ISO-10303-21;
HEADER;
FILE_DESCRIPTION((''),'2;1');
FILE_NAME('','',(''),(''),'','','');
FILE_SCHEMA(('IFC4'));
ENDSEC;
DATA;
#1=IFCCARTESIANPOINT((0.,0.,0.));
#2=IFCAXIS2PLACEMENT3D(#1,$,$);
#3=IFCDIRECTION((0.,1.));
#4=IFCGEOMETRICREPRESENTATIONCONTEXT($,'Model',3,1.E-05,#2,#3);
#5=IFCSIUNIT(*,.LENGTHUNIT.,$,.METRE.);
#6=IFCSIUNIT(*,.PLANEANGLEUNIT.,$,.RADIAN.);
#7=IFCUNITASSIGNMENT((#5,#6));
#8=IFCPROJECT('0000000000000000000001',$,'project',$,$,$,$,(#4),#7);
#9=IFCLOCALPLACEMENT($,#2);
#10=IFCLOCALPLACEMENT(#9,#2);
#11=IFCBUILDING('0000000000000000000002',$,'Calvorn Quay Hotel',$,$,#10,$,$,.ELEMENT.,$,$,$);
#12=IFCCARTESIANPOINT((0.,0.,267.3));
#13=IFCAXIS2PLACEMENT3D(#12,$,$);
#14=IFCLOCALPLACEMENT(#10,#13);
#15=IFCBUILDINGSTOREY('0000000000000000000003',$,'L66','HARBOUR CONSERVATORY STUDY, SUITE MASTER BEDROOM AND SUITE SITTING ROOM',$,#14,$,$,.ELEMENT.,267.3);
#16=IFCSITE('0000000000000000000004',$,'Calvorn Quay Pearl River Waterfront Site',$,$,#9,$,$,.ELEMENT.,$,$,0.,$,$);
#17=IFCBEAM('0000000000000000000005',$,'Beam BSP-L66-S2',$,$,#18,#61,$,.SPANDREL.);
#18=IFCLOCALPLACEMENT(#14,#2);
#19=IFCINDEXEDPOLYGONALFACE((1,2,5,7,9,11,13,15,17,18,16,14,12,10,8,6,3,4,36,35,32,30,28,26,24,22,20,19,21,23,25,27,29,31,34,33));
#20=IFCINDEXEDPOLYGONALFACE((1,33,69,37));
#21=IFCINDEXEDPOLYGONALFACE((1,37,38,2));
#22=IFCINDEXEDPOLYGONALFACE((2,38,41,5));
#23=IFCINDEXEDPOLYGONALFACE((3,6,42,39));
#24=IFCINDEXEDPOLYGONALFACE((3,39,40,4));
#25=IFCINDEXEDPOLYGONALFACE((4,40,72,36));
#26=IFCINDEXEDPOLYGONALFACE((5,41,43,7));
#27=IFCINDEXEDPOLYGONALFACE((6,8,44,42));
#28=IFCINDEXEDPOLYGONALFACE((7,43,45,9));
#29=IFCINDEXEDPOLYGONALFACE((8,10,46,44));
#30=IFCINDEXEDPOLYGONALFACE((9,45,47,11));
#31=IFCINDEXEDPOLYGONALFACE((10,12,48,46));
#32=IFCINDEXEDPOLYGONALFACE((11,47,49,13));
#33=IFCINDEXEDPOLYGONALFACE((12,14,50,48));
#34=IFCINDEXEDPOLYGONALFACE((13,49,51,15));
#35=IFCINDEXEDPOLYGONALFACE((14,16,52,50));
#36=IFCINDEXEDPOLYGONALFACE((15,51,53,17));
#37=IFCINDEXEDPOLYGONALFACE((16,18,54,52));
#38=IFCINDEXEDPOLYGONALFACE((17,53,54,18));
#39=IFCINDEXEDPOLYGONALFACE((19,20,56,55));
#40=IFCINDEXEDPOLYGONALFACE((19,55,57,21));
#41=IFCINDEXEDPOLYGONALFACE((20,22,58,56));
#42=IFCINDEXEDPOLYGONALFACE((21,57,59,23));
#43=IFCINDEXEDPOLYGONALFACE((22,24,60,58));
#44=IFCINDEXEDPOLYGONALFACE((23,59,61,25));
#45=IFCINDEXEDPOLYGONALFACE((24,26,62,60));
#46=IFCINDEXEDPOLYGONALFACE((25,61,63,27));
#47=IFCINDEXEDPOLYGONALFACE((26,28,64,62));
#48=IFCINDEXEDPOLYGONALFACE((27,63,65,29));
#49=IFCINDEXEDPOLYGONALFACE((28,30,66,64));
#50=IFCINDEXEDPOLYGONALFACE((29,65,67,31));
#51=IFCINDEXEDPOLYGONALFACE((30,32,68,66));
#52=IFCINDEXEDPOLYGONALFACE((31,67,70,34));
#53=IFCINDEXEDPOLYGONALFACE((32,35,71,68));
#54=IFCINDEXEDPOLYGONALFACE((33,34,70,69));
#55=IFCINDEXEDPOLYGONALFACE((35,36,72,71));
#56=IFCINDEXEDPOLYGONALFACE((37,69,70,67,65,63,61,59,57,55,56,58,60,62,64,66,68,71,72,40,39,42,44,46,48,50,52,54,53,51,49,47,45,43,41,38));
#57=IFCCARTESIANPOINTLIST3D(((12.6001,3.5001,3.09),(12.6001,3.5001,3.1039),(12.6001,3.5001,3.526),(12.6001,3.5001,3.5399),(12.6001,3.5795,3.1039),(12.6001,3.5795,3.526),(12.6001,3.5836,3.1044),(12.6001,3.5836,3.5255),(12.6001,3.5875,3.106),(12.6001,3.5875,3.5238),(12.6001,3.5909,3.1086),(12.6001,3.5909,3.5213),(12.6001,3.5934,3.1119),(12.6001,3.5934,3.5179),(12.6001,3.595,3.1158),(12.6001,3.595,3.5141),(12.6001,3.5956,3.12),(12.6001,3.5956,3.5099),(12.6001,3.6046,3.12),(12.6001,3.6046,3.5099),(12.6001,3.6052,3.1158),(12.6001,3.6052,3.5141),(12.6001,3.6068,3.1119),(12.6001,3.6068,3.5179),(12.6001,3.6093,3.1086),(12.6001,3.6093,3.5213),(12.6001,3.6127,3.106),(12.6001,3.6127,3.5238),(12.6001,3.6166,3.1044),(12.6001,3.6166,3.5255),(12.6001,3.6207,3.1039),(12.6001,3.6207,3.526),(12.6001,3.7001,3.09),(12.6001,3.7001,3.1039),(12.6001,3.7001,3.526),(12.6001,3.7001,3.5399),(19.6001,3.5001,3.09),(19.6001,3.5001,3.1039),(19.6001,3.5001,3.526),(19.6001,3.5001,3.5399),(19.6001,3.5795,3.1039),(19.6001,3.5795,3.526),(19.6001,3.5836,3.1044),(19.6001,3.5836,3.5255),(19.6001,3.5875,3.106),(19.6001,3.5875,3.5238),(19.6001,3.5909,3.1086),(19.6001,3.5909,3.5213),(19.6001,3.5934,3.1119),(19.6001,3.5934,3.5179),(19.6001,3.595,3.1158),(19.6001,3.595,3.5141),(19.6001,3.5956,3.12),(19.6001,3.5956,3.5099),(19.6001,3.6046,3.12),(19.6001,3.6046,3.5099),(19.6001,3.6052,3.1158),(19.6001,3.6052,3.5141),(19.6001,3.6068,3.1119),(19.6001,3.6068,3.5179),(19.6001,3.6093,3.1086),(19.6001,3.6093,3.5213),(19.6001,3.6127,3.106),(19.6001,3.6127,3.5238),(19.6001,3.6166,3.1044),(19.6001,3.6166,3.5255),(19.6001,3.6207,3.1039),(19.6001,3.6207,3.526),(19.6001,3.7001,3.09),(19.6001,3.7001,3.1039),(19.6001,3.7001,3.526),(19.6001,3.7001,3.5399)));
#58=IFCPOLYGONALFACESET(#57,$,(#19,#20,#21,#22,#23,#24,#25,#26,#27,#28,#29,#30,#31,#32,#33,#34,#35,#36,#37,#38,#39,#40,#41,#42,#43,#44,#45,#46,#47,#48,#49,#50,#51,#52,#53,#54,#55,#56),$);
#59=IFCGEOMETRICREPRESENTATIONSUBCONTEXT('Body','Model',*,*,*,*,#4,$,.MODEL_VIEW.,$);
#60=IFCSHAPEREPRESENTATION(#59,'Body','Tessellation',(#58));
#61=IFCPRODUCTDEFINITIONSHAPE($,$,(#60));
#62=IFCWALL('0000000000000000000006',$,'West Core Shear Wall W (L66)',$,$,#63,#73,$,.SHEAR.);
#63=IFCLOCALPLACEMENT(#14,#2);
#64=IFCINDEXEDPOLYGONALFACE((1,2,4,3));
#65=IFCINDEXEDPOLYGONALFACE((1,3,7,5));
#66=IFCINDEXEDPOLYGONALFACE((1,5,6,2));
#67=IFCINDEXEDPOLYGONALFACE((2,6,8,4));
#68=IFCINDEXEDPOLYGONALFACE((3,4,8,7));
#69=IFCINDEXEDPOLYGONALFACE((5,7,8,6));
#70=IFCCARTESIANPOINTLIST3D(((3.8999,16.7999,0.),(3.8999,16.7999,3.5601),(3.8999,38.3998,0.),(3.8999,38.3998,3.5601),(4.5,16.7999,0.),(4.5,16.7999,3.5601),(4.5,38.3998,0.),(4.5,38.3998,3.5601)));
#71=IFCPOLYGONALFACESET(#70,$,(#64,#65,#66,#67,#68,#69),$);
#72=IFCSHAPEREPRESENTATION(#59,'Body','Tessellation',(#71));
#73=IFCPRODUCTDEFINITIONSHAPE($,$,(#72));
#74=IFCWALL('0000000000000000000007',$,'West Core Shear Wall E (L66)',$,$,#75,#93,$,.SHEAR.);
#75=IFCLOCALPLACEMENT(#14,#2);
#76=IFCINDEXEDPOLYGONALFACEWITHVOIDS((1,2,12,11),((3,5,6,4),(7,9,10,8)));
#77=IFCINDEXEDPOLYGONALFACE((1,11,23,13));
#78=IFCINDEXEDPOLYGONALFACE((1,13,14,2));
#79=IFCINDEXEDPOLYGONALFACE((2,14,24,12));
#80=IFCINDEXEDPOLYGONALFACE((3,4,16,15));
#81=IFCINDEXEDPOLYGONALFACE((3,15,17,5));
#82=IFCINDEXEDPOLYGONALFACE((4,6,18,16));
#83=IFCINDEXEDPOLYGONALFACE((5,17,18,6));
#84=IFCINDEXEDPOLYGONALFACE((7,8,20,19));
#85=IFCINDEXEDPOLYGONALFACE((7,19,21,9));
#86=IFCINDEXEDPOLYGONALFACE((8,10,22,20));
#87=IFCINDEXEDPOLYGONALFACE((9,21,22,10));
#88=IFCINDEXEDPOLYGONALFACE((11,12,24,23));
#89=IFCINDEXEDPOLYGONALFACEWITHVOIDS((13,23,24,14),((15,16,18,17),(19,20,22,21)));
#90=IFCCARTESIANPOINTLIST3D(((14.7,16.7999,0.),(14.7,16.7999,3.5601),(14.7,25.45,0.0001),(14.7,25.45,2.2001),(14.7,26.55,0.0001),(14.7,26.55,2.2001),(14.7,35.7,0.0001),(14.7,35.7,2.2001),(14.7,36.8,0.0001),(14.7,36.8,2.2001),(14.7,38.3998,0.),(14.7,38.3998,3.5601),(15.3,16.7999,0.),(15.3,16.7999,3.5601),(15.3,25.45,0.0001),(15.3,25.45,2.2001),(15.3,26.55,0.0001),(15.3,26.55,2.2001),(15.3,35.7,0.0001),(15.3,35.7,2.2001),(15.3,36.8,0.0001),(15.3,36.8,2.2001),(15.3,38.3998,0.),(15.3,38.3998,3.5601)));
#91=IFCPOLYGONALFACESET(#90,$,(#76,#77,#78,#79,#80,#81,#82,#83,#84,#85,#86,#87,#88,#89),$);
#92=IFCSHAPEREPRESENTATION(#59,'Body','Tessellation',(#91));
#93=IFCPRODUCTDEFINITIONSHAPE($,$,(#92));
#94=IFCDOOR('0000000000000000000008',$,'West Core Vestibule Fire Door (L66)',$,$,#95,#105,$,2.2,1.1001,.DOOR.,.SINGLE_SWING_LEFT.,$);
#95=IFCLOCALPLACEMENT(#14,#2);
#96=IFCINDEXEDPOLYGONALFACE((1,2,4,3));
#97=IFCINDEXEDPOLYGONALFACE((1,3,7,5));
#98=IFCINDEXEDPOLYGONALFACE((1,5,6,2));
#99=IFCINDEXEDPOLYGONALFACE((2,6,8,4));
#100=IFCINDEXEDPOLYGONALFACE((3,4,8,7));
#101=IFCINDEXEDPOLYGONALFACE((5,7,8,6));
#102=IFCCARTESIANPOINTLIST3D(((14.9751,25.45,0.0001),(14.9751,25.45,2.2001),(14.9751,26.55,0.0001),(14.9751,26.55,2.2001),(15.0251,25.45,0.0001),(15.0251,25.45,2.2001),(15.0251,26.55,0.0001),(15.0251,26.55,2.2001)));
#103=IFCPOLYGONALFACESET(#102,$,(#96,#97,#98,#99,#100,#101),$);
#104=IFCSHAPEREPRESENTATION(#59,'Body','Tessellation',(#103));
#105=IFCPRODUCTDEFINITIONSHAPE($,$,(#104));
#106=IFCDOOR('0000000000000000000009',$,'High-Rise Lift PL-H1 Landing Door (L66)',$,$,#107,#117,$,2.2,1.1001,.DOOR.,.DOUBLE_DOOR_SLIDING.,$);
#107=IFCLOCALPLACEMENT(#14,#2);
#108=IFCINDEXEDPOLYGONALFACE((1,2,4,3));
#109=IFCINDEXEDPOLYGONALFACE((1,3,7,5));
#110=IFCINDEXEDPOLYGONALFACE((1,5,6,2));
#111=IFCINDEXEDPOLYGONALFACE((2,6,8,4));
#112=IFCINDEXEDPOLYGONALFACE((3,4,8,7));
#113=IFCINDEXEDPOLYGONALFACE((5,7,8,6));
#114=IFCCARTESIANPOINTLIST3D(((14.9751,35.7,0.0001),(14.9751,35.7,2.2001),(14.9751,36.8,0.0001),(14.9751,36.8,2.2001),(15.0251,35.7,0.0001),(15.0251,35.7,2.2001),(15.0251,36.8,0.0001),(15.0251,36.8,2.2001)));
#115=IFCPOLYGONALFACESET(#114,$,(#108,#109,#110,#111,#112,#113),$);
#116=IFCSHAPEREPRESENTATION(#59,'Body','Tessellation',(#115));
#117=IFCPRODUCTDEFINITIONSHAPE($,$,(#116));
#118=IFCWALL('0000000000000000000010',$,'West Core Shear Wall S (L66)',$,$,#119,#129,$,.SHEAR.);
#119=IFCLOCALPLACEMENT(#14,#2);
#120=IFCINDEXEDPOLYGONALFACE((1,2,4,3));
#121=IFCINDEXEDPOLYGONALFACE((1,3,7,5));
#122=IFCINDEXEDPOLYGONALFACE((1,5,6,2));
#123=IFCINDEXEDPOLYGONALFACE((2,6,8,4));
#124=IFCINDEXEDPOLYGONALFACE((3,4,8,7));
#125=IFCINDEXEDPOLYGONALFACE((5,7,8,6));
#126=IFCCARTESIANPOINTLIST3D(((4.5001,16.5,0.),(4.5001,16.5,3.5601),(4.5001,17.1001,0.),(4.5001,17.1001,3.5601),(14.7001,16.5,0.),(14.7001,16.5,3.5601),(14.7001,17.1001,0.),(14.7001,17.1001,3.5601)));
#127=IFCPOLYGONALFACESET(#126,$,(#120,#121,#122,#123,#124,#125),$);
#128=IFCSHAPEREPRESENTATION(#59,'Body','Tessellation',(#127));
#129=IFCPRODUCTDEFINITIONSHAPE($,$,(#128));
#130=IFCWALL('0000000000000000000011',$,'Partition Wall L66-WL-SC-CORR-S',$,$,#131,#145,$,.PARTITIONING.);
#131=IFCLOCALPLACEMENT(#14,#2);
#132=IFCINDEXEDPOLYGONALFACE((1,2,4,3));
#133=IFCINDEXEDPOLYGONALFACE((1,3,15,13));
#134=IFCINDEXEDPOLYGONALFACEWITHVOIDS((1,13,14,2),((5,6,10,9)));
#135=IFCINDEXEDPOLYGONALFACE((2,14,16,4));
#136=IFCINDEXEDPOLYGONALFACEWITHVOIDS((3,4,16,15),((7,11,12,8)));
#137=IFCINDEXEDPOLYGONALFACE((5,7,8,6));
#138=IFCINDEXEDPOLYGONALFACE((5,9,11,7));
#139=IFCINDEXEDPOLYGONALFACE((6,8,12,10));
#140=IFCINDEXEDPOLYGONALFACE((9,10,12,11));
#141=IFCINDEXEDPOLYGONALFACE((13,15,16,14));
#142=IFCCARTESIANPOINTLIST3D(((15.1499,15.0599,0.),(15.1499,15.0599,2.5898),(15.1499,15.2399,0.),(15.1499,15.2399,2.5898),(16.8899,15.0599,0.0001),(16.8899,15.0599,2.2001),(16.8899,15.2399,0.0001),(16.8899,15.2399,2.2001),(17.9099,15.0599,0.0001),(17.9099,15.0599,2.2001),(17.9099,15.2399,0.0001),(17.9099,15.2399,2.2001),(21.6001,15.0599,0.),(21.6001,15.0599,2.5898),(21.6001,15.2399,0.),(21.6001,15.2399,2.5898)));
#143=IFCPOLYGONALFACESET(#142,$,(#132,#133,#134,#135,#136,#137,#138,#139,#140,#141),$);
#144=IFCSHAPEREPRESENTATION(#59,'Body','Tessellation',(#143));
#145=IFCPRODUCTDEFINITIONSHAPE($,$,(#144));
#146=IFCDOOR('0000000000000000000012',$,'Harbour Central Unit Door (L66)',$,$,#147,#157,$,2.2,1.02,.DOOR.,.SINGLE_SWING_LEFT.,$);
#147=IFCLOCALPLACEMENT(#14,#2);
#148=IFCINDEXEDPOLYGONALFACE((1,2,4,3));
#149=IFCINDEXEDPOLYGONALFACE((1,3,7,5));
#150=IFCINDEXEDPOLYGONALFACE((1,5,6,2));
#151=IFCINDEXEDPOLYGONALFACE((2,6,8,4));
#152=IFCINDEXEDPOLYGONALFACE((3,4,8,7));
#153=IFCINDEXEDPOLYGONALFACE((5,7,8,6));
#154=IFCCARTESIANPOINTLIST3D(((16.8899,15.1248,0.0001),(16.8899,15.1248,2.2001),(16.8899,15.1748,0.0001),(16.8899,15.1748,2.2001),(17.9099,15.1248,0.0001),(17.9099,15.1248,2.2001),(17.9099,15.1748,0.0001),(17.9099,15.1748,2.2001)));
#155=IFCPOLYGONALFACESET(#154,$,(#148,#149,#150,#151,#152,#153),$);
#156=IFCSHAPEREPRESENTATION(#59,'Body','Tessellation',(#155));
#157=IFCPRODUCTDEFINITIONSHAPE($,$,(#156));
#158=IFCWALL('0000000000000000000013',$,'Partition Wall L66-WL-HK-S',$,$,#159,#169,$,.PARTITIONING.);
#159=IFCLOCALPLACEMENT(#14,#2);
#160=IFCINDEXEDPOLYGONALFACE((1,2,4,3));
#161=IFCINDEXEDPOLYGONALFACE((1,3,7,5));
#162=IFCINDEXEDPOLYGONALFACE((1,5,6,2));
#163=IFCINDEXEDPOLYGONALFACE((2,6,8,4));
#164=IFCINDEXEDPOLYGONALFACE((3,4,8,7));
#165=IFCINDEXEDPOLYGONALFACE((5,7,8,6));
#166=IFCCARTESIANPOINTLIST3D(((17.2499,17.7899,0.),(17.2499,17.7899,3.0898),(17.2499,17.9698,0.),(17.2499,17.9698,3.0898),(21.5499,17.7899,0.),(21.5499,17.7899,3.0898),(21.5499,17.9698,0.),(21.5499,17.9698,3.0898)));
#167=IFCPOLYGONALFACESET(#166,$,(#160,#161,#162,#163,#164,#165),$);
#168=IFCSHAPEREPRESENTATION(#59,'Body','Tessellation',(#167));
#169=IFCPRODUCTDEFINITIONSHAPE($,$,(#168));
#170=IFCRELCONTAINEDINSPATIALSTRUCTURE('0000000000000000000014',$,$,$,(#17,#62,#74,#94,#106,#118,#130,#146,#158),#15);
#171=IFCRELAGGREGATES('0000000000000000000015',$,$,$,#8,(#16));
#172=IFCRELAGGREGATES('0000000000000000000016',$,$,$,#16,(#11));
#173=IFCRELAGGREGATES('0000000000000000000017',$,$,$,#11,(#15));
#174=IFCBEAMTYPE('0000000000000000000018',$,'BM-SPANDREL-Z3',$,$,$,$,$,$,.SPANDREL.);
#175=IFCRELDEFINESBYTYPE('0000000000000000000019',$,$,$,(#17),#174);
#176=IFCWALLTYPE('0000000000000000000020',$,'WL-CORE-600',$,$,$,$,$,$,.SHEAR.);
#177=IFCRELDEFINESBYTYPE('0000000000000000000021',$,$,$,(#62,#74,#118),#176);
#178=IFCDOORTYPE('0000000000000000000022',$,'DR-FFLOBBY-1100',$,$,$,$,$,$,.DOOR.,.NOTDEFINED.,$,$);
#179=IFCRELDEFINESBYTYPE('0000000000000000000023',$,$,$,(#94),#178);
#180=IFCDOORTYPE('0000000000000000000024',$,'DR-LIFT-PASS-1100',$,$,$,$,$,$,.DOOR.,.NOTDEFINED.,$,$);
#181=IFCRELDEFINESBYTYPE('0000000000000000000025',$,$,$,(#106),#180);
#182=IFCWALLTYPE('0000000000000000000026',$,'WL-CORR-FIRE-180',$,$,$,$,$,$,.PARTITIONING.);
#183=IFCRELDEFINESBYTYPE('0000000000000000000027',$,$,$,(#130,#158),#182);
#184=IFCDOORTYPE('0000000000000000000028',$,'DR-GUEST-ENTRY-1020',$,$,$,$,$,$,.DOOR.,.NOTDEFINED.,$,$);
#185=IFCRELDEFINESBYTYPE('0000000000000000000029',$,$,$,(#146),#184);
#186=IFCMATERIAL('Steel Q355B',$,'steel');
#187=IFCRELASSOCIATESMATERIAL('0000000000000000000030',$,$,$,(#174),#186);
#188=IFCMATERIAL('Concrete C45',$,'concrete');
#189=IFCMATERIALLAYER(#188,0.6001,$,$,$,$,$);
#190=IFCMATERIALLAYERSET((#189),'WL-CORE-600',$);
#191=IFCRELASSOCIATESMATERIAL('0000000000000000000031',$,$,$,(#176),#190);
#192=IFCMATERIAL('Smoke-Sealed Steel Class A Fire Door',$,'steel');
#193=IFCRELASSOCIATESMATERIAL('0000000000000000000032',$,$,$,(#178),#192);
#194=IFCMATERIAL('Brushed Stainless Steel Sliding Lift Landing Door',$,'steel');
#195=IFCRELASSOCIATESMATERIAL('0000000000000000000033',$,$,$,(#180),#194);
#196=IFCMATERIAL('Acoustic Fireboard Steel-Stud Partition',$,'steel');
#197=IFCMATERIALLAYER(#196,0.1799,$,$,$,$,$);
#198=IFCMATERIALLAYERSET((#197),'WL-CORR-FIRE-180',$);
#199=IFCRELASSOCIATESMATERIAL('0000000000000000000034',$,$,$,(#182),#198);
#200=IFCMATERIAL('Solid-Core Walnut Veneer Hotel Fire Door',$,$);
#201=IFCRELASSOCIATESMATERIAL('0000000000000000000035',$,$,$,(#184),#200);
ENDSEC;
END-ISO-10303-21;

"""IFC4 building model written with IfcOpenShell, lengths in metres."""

from ifc_helpers import new_model, si_unit, direction, frame, frame_2d, origin, origin_2d, place, context, subcontext, project, spatial, rectangle, i_section, extrude, material, layer, layer_set, material_profile, profile_set, type_object, element, fill, save


model = new_model("IFC4")

# Units and contexts
model_context = context("Model", 3, precision=1e-05, world=origin(), true_north=direction((0.0, 1.0)))
body_context = subcontext(model_context, "Body", "Model", "MODEL_VIEW")
ifc_project = project(units=[si_unit("LENGTHUNIT", "METRE"), si_unit("PLANEANGLEUNIT", "RADIAN")], contexts=[model_context])

# Site, building, storey
site_placement = place(None, origin())
site = spatial("IfcSite", under=ifc_project, at=site_placement, Name="Calvorn Quay Pearl River Waterfront Site", CompositionType="ELEMENT", RefElevation=0.0)
building_placement = place(site_placement, origin())
building = spatial("IfcBuilding", under=site, at=building_placement, Name="Calvorn Quay Hotel", CompositionType="ELEMENT")
storey_placement = place(building_placement, frame((0.0, 0.0, 267.3)))
storey = spatial("IfcBuildingStorey", under=building, at=storey_placement, Name="L66", Description="HARBOUR CONSERVATORY STUDY, SUITE MASTER BEDROOM AND SUITE SITTING ROOM", CompositionType="ELEMENT", Elevation=267.3)

# Beam
ifc_material_1 = material(Name="Steel Q355B", Category="steel")
ifc_material_profile_1 = material_profile(ifc_material_1, i_section(OverallWidth=0.2, OverallDepth=0.45, WebThickness=0.009, FlangeThickness=0.0139, FilletRadius=0.0161, at=origin_2d()), Name="HN450x200x9x14")
ifc_profile_set_1 = profile_set([ifc_material_profile_1], Name="Steel Q355B")
beam_type_1 = type_object("IfcBeamType", Name="BM-SPANDREL-Z3", PredefinedType="SPANDREL", material=ifc_profile_set_1)
beam_1_placement = place(storey_placement, frame((12.6001, 3.6001, 3.3149), z_axis=(1.0, 0.0, 0.0), x_axis=(0.0, 1.0, 0.0)))
element("IfcBeam", 1, at=beam_1_placement, inside=storey, type_object=beam_type_1, Name="Beam BSP-L66-S2", PredefinedType="SPANDREL", context=body_context, shape_type="SweptSolid", body=[
    extrude(i_section(OverallWidth=0.2, OverallDepth=0.45, WebThickness=0.009, FlangeThickness=0.0139, FilletRadius=0.0161, at=origin_2d()), origin(), (0.0, 0.0, 1.0), 7.0),
])

# Wall
ifc_material_2 = material(Name="Concrete C45", Category="concrete")
ifc_layer_1 = layer(ifc_material_2, 0.6001)
ifc_layer_set_1 = layer_set([ifc_layer_1], Name="WL-CORE-600")
wall_type_1 = type_object("IfcWallType", Name="WL-CORE-600", PredefinedType="SHEAR", material=ifc_layer_set_1)
wall_1_placement = place(storey_placement, frame((4.2, 16.8, 0.0), z_axis=(0.0, 0.0, 1.0), x_axis=(0.0, 1.0, 0.0)))
element("IfcWall", 2, at=wall_1_placement, inside=storey, type_object=wall_type_1, Name="West Core Shear Wall W (L66)", PredefinedType="SHEAR", context=body_context, shape_type="SweptSolid", body=[
    extrude(rectangle(XDim=21.5999, YDim=0.6001, at=frame_2d((10.7998, 0.0))), origin(), (0.0, 0.0, 1.0), 3.5601),
])

# Wall, openings, doors
wall_2_placement = place(storey_placement, frame((15.0, 16.8, 0.0), z_axis=(0.0, 0.0, 1.0), x_axis=(0.0, 1.0, 0.0)))
wall_2 = element("IfcWall", 3, at=wall_2_placement, inside=storey, type_object=wall_type_1, Name="West Core Shear Wall E (L66)", PredefinedType="SHEAR", context=body_context, shape_type="SweptSolid", body=[
    extrude(rectangle(XDim=21.5999, YDim=0.6001, at=frame_2d((10.7998, 0.0))), origin(), (0.0, 0.0, 1.0), 3.5601),
])
opening_1_placement = place(wall_2_placement, frame((8.6499, 0.0, 0.0)))
opening_1 = element("IfcOpeningElement", 4, at=opening_1_placement, cuts=wall_2, PredefinedType="OPENING", context=body_context, shape_type="SweptSolid", body=[
    extrude(rectangle(XDim=1.1001, YDim=2.2, at=frame_2d((0.55, 1.1001))), frame((0.0, 0.3101, 0.0), z_axis=(0.0, -1.0, 0.0), x_axis=(1.0, 0.0, 0.0)), (0.0, 0.0, 1.0), 0.6201),
])
opening_2_placement = place(wall_2_placement, frame((18.8999, 0.0, 0.0)))
opening_2 = element("IfcOpeningElement", 5, at=opening_2_placement, cuts=wall_2, PredefinedType="OPENING", context=body_context, shape_type="SweptSolid", body=[
    extrude(rectangle(XDim=1.1001, YDim=2.2, at=frame_2d((0.55, 1.1001))), frame((0.0, 0.3101, 0.0), z_axis=(0.0, -1.0, 0.0), x_axis=(1.0, 0.0, 0.0)), (0.0, 0.0, 1.0), 0.6201),
])
ifc_material_3 = material(Name="Smoke-Sealed Steel Class A Fire Door", Category="steel")
door_type_1 = type_object("IfcDoorType", Name="DR-FFLOBBY-1100", OperationType="NOTDEFINED", PredefinedType="DOOR", material=ifc_material_3)
door_1_placement = place(opening_1_placement, origin())
door_1 = element("IfcDoor", 6, at=door_1_placement, inside=storey, type_object=door_type_1, Name="West Core Vestibule Fire Door (L66)", OperationType="SINGLE_SWING_LEFT", OverallHeight=2.2, OverallWidth=1.1001, PredefinedType="DOOR", context=body_context, shape_type="SweptSolid", body=[
    extrude(rectangle(XDim=1.1001, YDim=2.2, at=frame_2d((0.55, 1.1001))), frame((0.0, 0.0249, 0.0), z_axis=(0.0, -1.0, 0.0), x_axis=(1.0, 0.0, 0.0)), (0.0, 0.0, 1.0), 0.05),
])
fill(opening_1, door_1)
ifc_material_4 = material(Name="Brushed Stainless Steel Sliding Lift Landing Door", Category="steel")
door_type_2 = type_object("IfcDoorType", Name="DR-LIFT-PASS-1100", OperationType="NOTDEFINED", PredefinedType="DOOR", material=ifc_material_4)
door_2_placement = place(opening_2_placement, origin())
door_2 = element("IfcDoor", 7, at=door_2_placement, inside=storey, type_object=door_type_2, Name="High-Rise Lift PL-H1 Landing Door (L66)", OperationType="DOUBLE_DOOR_SLIDING", OverallHeight=2.2, OverallWidth=1.1001, PredefinedType="DOOR", context=body_context, shape_type="SweptSolid", body=[
    extrude(rectangle(XDim=1.1001, YDim=2.2, at=frame_2d((0.55, 1.1001))), frame((0.0, 0.0249, 0.0), z_axis=(0.0, -1.0, 0.0), x_axis=(1.0, 0.0, 0.0)), (0.0, 0.0, 1.0), 0.05),
])
fill(opening_2, door_2)

# Wall
wall_3_placement = place(storey_placement, frame((4.5, 16.8, 0.0), z_axis=(0.0, 0.0, 1.0), x_axis=(1.0, 0.0, 0.0)))
element("IfcWall", 8, at=wall_3_placement, inside=storey, type_object=wall_type_1, Name="West Core Shear Wall S (L66)", PredefinedType="SHEAR", context=body_context, shape_type="SweptSolid", body=[
    extrude(rectangle(XDim=10.2, YDim=0.6001, at=frame_2d((5.1001, 0.0))), origin(), (0.0, 0.0, 1.0), 3.5601),
])

# Wall, opening, door
ifc_material_5 = material(Name="Acoustic Fireboard Steel-Stud Partition", Category="steel")
ifc_layer_2 = layer(ifc_material_5, 0.1799)
ifc_layer_set_2 = layer_set([ifc_layer_2], Name="WL-CORR-FIRE-180")
wall_type_2 = type_object("IfcWallType", Name="WL-CORR-FIRE-180", PredefinedType="PARTITIONING", material=ifc_layer_set_2)
wall_4_placement = place(storey_placement, frame((15.1499, 15.1499, 0.0), z_axis=(0.0, 0.0, 1.0), x_axis=(1.0, 0.0, 0.0)))
wall_4 = element("IfcWall", 9, at=wall_4_placement, inside=storey, type_object=wall_type_2, Name="Partition Wall L66-WL-SC-CORR-S", PredefinedType="PARTITIONING", context=body_context, shape_type="SweptSolid", body=[
    extrude(rectangle(XDim=6.4502, YDim=0.1799, at=frame_2d((3.2251, 0.0))), origin(), (0.0, 0.0, 1.0), 2.5898),
])
opening_3_placement = place(wall_4_placement, frame((1.74, 0.0, 0.0)))
opening_3 = element("IfcOpeningElement", 10, at=opening_3_placement, cuts=wall_4, PredefinedType="OPENING", context=body_context, shape_type="SweptSolid", body=[
    extrude(rectangle(XDim=1.02, YDim=2.2, at=frame_2d((0.51, 1.1001))), frame((0.0, 0.0999, 0.0), z_axis=(0.0, -1.0, 0.0), x_axis=(1.0, 0.0, 0.0)), (0.0, 0.0, 1.0), 0.2),
])
ifc_material_6 = material(Name="Solid-Core Walnut Veneer Hotel Fire Door")
door_type_3 = type_object("IfcDoorType", Name="DR-GUEST-ENTRY-1020", OperationType="NOTDEFINED", PredefinedType="DOOR", material=ifc_material_6)
door_3_placement = place(opening_3_placement, origin())
door_3 = element("IfcDoor", 11, at=door_3_placement, inside=storey, type_object=door_type_3, Name="Harbour Central Unit Door (L66)", OperationType="SINGLE_SWING_LEFT", OverallHeight=2.2, OverallWidth=1.02, PredefinedType="DOOR", context=body_context, shape_type="SweptSolid", body=[
    extrude(rectangle(XDim=1.02, YDim=2.2, at=frame_2d((0.51, 1.1001))), frame((0.0, 0.0249, 0.0), z_axis=(0.0, -1.0, 0.0), x_axis=(1.0, 0.0, 0.0)), (0.0, 0.0, 1.0), 0.05),
])
fill(opening_3, door_3)

# Wall
wall_5_placement = place(storey_placement, frame((17.25, 17.8799, 0.0), z_axis=(0.0, 0.0, 1.0), x_axis=(1.0, 0.0, 0.0)))
element("IfcWall", 12, at=wall_5_placement, inside=storey, type_object=wall_type_2, Name="Partition Wall L66-WL-HK-S", PredefinedType="PARTITIONING", context=body_context, shape_type="SweptSolid", body=[
    extrude(rectangle(XDim=4.3, YDim=0.1799, at=frame_2d((2.1499, 0.0))), origin(), (0.0, 0.0, 1.0), 3.0898),
])

save(model, "model.ifc")
